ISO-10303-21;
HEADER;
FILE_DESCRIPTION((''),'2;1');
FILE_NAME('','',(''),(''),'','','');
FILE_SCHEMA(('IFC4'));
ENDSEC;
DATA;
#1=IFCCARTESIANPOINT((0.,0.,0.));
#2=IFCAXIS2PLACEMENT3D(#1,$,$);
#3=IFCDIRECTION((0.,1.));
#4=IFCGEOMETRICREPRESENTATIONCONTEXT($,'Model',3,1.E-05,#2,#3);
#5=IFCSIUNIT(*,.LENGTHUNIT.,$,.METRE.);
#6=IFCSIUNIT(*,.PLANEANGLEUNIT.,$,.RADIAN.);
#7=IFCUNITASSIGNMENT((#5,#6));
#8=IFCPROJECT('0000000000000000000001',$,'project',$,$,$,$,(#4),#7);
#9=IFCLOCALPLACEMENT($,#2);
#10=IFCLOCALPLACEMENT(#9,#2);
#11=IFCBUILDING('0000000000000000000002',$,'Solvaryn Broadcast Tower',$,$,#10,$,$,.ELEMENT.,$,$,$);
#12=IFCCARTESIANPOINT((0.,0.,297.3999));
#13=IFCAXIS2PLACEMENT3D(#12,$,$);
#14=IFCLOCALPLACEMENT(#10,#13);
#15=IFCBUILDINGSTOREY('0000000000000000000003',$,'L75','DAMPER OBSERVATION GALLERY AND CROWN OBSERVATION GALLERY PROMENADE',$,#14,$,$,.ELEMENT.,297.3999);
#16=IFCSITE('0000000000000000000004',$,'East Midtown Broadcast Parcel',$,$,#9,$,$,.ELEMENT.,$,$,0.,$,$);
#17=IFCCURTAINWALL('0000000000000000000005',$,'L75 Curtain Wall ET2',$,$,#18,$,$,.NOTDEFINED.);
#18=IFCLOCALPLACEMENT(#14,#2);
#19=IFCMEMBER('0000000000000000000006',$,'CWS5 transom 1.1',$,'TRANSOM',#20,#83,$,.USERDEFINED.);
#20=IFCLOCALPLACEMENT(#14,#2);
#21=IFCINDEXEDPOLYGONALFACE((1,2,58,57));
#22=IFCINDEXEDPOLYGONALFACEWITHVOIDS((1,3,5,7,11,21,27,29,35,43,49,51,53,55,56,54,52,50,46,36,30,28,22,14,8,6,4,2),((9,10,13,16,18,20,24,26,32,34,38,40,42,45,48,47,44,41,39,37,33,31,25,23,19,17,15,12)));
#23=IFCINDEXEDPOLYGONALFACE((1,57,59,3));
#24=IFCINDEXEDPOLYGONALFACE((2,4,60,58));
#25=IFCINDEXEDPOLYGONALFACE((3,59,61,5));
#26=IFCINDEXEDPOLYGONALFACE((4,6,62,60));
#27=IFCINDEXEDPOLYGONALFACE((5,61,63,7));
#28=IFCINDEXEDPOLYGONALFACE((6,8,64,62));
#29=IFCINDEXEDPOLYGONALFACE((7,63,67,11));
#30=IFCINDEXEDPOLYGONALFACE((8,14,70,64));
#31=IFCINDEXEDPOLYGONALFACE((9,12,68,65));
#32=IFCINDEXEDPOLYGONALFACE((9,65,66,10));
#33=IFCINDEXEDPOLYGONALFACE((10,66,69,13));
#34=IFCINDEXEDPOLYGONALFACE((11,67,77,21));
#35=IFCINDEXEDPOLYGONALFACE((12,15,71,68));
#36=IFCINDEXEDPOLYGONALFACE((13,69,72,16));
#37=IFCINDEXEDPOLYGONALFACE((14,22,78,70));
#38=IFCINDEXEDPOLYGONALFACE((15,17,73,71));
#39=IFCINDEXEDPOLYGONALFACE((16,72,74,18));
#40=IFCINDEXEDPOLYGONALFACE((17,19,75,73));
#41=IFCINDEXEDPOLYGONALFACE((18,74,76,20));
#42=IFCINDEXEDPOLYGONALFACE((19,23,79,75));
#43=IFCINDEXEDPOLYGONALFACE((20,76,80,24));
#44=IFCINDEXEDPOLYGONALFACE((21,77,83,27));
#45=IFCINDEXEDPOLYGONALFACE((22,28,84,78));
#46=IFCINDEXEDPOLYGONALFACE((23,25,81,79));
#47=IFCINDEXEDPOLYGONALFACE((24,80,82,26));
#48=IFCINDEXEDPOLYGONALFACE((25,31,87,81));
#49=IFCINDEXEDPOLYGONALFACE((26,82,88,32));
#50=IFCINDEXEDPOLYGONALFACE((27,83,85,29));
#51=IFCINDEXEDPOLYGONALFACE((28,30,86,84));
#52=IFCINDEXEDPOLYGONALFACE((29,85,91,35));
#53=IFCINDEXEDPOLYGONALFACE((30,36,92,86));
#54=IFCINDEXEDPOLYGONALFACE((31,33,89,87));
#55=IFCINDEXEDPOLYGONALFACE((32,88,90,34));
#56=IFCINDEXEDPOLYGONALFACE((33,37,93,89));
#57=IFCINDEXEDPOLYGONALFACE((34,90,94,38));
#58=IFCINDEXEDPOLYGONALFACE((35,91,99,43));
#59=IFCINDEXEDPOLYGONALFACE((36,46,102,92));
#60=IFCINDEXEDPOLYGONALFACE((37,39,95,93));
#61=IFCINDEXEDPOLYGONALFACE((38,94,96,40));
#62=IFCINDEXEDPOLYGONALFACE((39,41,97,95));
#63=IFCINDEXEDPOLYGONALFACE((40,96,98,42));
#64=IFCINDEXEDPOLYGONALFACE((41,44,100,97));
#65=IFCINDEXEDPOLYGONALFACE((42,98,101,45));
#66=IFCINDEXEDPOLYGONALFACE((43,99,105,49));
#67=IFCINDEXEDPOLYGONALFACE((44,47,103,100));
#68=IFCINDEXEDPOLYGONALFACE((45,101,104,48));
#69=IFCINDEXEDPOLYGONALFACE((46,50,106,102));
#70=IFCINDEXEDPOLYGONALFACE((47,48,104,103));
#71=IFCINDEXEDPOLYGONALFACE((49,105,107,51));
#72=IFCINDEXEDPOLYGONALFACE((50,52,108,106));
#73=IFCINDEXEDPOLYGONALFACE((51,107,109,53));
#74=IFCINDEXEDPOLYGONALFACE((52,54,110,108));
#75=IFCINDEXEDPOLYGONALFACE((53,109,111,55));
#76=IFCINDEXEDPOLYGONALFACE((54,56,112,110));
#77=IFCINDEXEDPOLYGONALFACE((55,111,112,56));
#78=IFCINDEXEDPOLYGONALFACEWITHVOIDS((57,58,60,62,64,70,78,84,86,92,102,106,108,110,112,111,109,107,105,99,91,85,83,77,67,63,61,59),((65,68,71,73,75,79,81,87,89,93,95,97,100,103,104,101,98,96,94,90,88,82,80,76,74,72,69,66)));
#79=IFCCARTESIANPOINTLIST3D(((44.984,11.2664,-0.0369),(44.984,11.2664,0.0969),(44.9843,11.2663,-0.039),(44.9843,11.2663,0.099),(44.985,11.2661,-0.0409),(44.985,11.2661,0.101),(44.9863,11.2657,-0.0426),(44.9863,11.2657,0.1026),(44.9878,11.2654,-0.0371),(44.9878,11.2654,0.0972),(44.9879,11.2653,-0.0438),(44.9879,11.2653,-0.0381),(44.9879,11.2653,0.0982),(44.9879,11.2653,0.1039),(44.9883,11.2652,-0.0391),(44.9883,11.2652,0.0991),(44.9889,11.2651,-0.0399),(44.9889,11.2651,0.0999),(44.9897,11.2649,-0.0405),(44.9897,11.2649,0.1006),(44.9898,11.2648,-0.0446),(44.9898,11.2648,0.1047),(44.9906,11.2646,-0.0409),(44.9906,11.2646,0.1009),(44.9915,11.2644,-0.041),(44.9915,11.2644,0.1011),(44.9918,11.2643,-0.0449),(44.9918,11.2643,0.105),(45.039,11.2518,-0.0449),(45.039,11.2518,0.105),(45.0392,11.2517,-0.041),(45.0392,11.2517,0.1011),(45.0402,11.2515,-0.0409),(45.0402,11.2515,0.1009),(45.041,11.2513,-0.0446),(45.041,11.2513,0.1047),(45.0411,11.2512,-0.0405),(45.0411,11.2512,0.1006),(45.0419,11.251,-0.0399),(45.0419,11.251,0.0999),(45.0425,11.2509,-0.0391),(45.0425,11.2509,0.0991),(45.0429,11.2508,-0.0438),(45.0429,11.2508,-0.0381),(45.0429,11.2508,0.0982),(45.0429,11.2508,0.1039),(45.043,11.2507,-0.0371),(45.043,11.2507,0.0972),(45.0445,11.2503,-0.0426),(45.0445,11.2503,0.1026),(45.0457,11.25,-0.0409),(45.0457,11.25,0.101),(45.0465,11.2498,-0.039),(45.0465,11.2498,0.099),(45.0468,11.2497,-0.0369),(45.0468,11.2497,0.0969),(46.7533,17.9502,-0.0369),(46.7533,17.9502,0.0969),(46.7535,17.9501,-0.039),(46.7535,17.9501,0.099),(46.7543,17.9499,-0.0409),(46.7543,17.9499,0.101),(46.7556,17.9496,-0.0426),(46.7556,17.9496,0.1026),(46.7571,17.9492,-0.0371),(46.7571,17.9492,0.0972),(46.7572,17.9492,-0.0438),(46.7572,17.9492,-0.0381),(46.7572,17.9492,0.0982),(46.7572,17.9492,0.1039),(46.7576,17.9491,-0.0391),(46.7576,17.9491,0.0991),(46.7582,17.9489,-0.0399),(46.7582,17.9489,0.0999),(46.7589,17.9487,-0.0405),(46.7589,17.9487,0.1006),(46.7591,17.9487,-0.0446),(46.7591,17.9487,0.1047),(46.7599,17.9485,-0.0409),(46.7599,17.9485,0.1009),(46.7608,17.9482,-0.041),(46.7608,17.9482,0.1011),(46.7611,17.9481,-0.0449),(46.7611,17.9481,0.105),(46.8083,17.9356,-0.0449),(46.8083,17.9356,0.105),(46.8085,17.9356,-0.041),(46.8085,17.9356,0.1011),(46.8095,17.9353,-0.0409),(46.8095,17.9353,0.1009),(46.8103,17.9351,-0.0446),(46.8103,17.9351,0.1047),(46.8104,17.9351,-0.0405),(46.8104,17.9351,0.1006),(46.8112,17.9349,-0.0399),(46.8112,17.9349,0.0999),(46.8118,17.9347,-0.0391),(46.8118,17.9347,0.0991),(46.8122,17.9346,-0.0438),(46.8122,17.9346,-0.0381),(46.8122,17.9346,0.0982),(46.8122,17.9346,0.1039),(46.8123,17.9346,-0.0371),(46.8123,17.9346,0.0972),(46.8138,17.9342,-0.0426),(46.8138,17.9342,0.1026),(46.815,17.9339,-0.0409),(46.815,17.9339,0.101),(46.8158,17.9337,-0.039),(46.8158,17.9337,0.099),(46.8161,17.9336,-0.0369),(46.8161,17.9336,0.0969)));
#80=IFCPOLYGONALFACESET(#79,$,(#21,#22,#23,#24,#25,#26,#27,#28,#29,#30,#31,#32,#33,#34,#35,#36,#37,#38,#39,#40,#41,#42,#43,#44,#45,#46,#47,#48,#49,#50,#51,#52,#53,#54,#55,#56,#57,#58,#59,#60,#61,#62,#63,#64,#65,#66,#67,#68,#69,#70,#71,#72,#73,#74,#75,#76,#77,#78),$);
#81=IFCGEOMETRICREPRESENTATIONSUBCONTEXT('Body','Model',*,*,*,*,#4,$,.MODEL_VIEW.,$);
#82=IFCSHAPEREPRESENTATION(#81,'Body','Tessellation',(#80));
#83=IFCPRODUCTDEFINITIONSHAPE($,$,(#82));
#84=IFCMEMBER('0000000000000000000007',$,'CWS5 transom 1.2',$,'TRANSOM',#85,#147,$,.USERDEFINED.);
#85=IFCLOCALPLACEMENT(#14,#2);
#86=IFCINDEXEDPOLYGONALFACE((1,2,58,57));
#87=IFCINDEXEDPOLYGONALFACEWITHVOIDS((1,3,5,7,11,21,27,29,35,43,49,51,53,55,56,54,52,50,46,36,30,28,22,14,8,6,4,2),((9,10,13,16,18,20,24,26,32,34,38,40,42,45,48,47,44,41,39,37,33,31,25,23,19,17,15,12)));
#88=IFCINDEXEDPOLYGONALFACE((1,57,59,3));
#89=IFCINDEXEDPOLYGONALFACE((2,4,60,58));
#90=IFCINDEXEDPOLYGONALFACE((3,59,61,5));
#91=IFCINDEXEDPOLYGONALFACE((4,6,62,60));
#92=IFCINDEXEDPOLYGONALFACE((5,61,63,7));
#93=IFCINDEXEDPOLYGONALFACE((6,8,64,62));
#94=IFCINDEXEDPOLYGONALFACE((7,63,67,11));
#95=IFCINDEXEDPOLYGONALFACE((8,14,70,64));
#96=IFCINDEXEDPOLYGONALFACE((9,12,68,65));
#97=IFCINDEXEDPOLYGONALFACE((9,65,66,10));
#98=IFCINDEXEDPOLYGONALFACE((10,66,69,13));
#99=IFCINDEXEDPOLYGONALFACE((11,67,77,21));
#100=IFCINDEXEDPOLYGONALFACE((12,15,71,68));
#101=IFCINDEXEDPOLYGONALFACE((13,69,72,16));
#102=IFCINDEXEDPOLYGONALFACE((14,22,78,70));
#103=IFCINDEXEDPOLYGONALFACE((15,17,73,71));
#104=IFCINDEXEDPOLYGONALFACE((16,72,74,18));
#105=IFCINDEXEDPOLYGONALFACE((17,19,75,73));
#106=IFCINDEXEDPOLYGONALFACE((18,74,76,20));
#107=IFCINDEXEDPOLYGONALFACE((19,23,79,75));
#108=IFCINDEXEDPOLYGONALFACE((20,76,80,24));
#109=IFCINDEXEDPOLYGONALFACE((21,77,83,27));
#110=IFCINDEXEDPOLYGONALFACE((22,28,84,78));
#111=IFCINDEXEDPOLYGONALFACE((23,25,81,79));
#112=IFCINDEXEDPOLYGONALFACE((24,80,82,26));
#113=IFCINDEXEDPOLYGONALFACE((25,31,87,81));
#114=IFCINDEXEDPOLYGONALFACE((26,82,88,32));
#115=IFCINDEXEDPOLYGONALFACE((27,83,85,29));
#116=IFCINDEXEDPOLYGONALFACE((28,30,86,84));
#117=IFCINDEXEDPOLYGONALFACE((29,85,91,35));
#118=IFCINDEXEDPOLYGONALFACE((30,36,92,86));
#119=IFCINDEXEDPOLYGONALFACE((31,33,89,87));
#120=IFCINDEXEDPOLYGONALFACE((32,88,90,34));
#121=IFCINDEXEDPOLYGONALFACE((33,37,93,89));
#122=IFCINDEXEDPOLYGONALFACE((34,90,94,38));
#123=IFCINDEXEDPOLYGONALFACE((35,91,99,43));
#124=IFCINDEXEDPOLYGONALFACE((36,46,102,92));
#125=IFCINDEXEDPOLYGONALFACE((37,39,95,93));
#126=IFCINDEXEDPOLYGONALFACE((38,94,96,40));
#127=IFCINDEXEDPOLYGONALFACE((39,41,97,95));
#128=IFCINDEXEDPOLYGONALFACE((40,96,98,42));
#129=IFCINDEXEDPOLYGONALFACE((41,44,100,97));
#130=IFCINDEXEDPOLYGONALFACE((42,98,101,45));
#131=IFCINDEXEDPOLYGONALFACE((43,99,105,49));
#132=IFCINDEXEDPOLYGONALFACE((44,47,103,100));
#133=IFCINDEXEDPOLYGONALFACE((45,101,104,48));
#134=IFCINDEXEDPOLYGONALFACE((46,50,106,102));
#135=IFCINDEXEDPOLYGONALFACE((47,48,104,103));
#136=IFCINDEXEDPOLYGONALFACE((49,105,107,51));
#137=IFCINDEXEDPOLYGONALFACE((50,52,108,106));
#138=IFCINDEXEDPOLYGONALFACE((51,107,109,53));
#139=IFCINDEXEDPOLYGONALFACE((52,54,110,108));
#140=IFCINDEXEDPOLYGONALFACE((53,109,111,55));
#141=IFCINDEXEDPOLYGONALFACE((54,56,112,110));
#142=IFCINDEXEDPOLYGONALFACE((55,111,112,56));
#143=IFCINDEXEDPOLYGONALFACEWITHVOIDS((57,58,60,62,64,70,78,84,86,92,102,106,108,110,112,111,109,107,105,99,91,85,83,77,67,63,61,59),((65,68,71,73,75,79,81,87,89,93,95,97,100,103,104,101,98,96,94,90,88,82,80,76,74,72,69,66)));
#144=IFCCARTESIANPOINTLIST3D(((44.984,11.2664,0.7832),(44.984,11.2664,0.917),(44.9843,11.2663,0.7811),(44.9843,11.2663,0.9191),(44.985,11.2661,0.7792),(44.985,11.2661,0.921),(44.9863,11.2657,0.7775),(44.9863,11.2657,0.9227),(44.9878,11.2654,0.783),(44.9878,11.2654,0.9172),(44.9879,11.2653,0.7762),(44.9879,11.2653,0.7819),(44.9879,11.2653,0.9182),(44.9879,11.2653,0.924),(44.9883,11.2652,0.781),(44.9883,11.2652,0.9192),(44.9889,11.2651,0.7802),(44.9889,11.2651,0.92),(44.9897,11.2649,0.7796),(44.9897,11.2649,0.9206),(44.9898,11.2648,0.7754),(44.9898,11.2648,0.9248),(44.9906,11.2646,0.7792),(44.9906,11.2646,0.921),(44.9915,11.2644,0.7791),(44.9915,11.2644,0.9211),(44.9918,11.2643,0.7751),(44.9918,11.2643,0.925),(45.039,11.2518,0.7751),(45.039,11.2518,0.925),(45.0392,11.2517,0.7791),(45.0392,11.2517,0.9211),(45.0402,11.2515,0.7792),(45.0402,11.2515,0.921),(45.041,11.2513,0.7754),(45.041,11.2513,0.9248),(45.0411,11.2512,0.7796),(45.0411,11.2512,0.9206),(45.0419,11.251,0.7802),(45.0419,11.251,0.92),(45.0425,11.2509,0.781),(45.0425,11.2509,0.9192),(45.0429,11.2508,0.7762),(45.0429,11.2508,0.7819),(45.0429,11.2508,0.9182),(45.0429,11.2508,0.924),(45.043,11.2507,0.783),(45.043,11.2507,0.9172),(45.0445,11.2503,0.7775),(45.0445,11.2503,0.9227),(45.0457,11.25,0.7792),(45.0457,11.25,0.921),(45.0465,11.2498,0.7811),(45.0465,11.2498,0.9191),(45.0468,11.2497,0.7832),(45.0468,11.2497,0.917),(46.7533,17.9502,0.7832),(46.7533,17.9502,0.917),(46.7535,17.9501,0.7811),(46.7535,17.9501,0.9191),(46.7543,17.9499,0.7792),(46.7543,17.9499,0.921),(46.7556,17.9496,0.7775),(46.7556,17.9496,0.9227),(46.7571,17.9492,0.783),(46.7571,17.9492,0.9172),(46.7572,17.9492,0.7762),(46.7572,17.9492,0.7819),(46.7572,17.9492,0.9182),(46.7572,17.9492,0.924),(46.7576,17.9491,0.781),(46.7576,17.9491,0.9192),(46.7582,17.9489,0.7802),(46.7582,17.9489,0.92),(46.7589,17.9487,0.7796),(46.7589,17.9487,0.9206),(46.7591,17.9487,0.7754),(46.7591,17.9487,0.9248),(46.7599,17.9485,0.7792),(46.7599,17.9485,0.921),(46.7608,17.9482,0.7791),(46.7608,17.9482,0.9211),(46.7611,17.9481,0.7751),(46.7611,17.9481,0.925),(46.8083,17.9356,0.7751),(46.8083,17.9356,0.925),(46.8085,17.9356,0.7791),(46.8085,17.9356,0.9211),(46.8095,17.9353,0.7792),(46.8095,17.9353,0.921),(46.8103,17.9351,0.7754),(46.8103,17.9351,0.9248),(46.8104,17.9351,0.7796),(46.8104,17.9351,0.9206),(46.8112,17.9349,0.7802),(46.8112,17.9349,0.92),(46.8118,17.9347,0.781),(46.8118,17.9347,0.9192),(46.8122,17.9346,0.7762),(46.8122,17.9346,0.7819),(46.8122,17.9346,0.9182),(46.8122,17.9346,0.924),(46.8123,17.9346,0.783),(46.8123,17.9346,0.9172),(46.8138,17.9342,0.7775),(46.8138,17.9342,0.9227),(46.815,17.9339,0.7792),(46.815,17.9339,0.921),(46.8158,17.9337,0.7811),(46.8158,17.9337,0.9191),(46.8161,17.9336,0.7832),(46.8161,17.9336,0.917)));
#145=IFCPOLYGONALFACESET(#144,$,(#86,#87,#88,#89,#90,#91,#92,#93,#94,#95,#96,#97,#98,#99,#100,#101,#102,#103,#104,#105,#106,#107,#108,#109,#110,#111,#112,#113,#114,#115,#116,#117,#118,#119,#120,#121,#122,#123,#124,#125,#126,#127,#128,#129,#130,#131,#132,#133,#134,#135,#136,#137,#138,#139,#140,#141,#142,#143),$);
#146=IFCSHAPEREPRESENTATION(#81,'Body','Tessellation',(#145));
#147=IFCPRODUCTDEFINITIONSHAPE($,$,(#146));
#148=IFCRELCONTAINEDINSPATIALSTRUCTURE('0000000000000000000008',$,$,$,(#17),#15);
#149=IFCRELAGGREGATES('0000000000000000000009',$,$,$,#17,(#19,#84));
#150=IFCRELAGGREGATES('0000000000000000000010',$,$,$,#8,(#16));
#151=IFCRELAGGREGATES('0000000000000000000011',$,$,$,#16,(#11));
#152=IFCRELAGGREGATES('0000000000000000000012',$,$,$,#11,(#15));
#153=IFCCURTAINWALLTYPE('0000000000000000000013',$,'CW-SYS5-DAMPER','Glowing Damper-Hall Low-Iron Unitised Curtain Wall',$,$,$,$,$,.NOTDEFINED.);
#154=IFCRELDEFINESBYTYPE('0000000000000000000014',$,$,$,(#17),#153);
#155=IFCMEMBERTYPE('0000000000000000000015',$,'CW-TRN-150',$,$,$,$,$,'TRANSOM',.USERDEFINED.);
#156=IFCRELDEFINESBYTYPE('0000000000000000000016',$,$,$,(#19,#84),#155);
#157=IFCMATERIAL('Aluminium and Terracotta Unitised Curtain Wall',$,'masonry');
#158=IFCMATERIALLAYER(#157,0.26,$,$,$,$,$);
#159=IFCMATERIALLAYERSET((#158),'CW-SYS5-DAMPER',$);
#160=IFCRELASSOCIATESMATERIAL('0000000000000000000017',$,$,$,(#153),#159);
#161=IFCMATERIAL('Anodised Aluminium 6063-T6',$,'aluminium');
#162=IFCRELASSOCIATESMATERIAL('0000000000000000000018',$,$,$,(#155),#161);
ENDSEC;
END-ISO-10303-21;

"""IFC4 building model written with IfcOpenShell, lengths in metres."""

from ifc_helpers import new_model, si_unit, direction, frame, origin, origin_2d, place, context, subcontext, project, spatial, hollow_rectangle, extrude, material, layer, layer_set, material_profile, profile_set, type_object, element, aggregate, save


model = new_model("IFC4")

# Units and contexts
model_context = context("Model", 3, precision=1e-05, world=origin(), true_north=direction((0.0, 1.0)))
body_context = subcontext(model_context, "Body", "Model", "MODEL_VIEW")
ifc_project = project(units=[si_unit("LENGTHUNIT", "METRE"), si_unit("PLANEANGLEUNIT", "RADIAN")], contexts=[model_context])

# Site, building, storey
site_placement = place(None, origin())
site = spatial("IfcSite", under=ifc_project, at=site_placement, Name="East Midtown Broadcast Parcel", CompositionType="ELEMENT", RefElevation=0.0)
building_placement = place(site_placement, origin())
building = spatial("IfcBuilding", under=site, at=building_placement, Name="Solvaryn Broadcast Tower", CompositionType="ELEMENT")
storey_placement = place(building_placement, frame((0.0, 0.0, 297.3999)))
storey = spatial("IfcBuildingStorey", under=building, at=storey_placement, Name="L75", Description="DAMPER OBSERVATION GALLERY AND CROWN OBSERVATION GALLERY PROMENADE", CompositionType="ELEMENT", Elevation=297.3999)

# Shared definitions
ifc_material_1 = material(Name="Aluminium and Terracotta Unitised Curtain Wall", Category="masonry")
ifc_layer_1 = layer(ifc_material_1, 0.26)
ifc_layer_set_1 = layer_set([ifc_layer_1], Name="CW-SYS5-DAMPER")
curtain_wall_type = type_object("IfcCurtainWallType", Name="CW-SYS5-DAMPER", Description="Glowing Damper-Hall Low-Iron Unitised Curtain Wall", PredefinedType="NOTDEFINED", material=ifc_layer_set_1)

# Curtain wall
curtain_wall_1_placement = place(storey_placement, origin())
curtain_wall_1 = element("IfcCurtainWall", 1, at=curtain_wall_1_placement, inside=storey, type_object=curtain_wall_type, Name="L75 Curtain Wall ET2", PredefinedType="NOTDEFINED")

# Members
ifc_material_2 = material(Name="Anodised Aluminium 6063-T6", Category="aluminium")
ifc_material_profile_1 = material_profile(ifc_material_2, hollow_rectangle(XDim=0.0649, YDim=0.1499, WallThickness=0.0039, InnerFilletRadius=0.0039, OuterFilletRadius=0.0081, at=origin_2d()))
ifc_profile_set_1 = profile_set([ifc_material_profile_1], Name="Anodised Aluminium 6063-T6")
member_type_1 = type_object("IfcMemberType", Name="CW-TRN-150", ElementType="TRANSOM", PredefinedType="USERDEFINED", material=ifc_profile_set_1)
member_1_placement = place(storey_placement, frame((46.7847, 17.9419, 0.03), z_axis=(-0.255897, -0.966704, 0.0), x_axis=(0.966704, -0.255897, 0.0)))
member_1 = element("IfcMember", 2, at=member_1_placement, type_object=member_type_1, Name="CWS5 transom 1.1", ObjectType="TRANSOM", PredefinedType="USERDEFINED", context=body_context, shape_type="SweptSolid", body=[
    extrude(hollow_rectangle(XDim=0.0649, YDim=0.1499, WallThickness=0.0039, InnerFilletRadius=0.0039, OuterFilletRadius=0.0081, at=origin_2d()), origin(), (0.0, 0.0, 1.0), 6.9141),
])
member_2_placement = place(storey_placement, frame((46.7847, 17.9419, 0.8501), z_axis=(-0.255897, -0.966704, 0.0), x_axis=(0.966704, -0.255897, 0.0)))
member_2 = element("IfcMember", 3, at=member_2_placement, type_object=member_type_1, Name="CWS5 transom 1.2", ObjectType="TRANSOM", PredefinedType="USERDEFINED", context=body_context, shape_type="SweptSolid", body=[
    extrude(hollow_rectangle(XDim=0.0649, YDim=0.1499, WallThickness=0.0039, InnerFilletRadius=0.0039, OuterFilletRadius=0.0081, at=origin_2d()), origin(), (0.0, 0.0, 1.0), 6.9141),
])

aggregate(curtain_wall_1, [member_1, member_2])

save(model, "model.ifc")
